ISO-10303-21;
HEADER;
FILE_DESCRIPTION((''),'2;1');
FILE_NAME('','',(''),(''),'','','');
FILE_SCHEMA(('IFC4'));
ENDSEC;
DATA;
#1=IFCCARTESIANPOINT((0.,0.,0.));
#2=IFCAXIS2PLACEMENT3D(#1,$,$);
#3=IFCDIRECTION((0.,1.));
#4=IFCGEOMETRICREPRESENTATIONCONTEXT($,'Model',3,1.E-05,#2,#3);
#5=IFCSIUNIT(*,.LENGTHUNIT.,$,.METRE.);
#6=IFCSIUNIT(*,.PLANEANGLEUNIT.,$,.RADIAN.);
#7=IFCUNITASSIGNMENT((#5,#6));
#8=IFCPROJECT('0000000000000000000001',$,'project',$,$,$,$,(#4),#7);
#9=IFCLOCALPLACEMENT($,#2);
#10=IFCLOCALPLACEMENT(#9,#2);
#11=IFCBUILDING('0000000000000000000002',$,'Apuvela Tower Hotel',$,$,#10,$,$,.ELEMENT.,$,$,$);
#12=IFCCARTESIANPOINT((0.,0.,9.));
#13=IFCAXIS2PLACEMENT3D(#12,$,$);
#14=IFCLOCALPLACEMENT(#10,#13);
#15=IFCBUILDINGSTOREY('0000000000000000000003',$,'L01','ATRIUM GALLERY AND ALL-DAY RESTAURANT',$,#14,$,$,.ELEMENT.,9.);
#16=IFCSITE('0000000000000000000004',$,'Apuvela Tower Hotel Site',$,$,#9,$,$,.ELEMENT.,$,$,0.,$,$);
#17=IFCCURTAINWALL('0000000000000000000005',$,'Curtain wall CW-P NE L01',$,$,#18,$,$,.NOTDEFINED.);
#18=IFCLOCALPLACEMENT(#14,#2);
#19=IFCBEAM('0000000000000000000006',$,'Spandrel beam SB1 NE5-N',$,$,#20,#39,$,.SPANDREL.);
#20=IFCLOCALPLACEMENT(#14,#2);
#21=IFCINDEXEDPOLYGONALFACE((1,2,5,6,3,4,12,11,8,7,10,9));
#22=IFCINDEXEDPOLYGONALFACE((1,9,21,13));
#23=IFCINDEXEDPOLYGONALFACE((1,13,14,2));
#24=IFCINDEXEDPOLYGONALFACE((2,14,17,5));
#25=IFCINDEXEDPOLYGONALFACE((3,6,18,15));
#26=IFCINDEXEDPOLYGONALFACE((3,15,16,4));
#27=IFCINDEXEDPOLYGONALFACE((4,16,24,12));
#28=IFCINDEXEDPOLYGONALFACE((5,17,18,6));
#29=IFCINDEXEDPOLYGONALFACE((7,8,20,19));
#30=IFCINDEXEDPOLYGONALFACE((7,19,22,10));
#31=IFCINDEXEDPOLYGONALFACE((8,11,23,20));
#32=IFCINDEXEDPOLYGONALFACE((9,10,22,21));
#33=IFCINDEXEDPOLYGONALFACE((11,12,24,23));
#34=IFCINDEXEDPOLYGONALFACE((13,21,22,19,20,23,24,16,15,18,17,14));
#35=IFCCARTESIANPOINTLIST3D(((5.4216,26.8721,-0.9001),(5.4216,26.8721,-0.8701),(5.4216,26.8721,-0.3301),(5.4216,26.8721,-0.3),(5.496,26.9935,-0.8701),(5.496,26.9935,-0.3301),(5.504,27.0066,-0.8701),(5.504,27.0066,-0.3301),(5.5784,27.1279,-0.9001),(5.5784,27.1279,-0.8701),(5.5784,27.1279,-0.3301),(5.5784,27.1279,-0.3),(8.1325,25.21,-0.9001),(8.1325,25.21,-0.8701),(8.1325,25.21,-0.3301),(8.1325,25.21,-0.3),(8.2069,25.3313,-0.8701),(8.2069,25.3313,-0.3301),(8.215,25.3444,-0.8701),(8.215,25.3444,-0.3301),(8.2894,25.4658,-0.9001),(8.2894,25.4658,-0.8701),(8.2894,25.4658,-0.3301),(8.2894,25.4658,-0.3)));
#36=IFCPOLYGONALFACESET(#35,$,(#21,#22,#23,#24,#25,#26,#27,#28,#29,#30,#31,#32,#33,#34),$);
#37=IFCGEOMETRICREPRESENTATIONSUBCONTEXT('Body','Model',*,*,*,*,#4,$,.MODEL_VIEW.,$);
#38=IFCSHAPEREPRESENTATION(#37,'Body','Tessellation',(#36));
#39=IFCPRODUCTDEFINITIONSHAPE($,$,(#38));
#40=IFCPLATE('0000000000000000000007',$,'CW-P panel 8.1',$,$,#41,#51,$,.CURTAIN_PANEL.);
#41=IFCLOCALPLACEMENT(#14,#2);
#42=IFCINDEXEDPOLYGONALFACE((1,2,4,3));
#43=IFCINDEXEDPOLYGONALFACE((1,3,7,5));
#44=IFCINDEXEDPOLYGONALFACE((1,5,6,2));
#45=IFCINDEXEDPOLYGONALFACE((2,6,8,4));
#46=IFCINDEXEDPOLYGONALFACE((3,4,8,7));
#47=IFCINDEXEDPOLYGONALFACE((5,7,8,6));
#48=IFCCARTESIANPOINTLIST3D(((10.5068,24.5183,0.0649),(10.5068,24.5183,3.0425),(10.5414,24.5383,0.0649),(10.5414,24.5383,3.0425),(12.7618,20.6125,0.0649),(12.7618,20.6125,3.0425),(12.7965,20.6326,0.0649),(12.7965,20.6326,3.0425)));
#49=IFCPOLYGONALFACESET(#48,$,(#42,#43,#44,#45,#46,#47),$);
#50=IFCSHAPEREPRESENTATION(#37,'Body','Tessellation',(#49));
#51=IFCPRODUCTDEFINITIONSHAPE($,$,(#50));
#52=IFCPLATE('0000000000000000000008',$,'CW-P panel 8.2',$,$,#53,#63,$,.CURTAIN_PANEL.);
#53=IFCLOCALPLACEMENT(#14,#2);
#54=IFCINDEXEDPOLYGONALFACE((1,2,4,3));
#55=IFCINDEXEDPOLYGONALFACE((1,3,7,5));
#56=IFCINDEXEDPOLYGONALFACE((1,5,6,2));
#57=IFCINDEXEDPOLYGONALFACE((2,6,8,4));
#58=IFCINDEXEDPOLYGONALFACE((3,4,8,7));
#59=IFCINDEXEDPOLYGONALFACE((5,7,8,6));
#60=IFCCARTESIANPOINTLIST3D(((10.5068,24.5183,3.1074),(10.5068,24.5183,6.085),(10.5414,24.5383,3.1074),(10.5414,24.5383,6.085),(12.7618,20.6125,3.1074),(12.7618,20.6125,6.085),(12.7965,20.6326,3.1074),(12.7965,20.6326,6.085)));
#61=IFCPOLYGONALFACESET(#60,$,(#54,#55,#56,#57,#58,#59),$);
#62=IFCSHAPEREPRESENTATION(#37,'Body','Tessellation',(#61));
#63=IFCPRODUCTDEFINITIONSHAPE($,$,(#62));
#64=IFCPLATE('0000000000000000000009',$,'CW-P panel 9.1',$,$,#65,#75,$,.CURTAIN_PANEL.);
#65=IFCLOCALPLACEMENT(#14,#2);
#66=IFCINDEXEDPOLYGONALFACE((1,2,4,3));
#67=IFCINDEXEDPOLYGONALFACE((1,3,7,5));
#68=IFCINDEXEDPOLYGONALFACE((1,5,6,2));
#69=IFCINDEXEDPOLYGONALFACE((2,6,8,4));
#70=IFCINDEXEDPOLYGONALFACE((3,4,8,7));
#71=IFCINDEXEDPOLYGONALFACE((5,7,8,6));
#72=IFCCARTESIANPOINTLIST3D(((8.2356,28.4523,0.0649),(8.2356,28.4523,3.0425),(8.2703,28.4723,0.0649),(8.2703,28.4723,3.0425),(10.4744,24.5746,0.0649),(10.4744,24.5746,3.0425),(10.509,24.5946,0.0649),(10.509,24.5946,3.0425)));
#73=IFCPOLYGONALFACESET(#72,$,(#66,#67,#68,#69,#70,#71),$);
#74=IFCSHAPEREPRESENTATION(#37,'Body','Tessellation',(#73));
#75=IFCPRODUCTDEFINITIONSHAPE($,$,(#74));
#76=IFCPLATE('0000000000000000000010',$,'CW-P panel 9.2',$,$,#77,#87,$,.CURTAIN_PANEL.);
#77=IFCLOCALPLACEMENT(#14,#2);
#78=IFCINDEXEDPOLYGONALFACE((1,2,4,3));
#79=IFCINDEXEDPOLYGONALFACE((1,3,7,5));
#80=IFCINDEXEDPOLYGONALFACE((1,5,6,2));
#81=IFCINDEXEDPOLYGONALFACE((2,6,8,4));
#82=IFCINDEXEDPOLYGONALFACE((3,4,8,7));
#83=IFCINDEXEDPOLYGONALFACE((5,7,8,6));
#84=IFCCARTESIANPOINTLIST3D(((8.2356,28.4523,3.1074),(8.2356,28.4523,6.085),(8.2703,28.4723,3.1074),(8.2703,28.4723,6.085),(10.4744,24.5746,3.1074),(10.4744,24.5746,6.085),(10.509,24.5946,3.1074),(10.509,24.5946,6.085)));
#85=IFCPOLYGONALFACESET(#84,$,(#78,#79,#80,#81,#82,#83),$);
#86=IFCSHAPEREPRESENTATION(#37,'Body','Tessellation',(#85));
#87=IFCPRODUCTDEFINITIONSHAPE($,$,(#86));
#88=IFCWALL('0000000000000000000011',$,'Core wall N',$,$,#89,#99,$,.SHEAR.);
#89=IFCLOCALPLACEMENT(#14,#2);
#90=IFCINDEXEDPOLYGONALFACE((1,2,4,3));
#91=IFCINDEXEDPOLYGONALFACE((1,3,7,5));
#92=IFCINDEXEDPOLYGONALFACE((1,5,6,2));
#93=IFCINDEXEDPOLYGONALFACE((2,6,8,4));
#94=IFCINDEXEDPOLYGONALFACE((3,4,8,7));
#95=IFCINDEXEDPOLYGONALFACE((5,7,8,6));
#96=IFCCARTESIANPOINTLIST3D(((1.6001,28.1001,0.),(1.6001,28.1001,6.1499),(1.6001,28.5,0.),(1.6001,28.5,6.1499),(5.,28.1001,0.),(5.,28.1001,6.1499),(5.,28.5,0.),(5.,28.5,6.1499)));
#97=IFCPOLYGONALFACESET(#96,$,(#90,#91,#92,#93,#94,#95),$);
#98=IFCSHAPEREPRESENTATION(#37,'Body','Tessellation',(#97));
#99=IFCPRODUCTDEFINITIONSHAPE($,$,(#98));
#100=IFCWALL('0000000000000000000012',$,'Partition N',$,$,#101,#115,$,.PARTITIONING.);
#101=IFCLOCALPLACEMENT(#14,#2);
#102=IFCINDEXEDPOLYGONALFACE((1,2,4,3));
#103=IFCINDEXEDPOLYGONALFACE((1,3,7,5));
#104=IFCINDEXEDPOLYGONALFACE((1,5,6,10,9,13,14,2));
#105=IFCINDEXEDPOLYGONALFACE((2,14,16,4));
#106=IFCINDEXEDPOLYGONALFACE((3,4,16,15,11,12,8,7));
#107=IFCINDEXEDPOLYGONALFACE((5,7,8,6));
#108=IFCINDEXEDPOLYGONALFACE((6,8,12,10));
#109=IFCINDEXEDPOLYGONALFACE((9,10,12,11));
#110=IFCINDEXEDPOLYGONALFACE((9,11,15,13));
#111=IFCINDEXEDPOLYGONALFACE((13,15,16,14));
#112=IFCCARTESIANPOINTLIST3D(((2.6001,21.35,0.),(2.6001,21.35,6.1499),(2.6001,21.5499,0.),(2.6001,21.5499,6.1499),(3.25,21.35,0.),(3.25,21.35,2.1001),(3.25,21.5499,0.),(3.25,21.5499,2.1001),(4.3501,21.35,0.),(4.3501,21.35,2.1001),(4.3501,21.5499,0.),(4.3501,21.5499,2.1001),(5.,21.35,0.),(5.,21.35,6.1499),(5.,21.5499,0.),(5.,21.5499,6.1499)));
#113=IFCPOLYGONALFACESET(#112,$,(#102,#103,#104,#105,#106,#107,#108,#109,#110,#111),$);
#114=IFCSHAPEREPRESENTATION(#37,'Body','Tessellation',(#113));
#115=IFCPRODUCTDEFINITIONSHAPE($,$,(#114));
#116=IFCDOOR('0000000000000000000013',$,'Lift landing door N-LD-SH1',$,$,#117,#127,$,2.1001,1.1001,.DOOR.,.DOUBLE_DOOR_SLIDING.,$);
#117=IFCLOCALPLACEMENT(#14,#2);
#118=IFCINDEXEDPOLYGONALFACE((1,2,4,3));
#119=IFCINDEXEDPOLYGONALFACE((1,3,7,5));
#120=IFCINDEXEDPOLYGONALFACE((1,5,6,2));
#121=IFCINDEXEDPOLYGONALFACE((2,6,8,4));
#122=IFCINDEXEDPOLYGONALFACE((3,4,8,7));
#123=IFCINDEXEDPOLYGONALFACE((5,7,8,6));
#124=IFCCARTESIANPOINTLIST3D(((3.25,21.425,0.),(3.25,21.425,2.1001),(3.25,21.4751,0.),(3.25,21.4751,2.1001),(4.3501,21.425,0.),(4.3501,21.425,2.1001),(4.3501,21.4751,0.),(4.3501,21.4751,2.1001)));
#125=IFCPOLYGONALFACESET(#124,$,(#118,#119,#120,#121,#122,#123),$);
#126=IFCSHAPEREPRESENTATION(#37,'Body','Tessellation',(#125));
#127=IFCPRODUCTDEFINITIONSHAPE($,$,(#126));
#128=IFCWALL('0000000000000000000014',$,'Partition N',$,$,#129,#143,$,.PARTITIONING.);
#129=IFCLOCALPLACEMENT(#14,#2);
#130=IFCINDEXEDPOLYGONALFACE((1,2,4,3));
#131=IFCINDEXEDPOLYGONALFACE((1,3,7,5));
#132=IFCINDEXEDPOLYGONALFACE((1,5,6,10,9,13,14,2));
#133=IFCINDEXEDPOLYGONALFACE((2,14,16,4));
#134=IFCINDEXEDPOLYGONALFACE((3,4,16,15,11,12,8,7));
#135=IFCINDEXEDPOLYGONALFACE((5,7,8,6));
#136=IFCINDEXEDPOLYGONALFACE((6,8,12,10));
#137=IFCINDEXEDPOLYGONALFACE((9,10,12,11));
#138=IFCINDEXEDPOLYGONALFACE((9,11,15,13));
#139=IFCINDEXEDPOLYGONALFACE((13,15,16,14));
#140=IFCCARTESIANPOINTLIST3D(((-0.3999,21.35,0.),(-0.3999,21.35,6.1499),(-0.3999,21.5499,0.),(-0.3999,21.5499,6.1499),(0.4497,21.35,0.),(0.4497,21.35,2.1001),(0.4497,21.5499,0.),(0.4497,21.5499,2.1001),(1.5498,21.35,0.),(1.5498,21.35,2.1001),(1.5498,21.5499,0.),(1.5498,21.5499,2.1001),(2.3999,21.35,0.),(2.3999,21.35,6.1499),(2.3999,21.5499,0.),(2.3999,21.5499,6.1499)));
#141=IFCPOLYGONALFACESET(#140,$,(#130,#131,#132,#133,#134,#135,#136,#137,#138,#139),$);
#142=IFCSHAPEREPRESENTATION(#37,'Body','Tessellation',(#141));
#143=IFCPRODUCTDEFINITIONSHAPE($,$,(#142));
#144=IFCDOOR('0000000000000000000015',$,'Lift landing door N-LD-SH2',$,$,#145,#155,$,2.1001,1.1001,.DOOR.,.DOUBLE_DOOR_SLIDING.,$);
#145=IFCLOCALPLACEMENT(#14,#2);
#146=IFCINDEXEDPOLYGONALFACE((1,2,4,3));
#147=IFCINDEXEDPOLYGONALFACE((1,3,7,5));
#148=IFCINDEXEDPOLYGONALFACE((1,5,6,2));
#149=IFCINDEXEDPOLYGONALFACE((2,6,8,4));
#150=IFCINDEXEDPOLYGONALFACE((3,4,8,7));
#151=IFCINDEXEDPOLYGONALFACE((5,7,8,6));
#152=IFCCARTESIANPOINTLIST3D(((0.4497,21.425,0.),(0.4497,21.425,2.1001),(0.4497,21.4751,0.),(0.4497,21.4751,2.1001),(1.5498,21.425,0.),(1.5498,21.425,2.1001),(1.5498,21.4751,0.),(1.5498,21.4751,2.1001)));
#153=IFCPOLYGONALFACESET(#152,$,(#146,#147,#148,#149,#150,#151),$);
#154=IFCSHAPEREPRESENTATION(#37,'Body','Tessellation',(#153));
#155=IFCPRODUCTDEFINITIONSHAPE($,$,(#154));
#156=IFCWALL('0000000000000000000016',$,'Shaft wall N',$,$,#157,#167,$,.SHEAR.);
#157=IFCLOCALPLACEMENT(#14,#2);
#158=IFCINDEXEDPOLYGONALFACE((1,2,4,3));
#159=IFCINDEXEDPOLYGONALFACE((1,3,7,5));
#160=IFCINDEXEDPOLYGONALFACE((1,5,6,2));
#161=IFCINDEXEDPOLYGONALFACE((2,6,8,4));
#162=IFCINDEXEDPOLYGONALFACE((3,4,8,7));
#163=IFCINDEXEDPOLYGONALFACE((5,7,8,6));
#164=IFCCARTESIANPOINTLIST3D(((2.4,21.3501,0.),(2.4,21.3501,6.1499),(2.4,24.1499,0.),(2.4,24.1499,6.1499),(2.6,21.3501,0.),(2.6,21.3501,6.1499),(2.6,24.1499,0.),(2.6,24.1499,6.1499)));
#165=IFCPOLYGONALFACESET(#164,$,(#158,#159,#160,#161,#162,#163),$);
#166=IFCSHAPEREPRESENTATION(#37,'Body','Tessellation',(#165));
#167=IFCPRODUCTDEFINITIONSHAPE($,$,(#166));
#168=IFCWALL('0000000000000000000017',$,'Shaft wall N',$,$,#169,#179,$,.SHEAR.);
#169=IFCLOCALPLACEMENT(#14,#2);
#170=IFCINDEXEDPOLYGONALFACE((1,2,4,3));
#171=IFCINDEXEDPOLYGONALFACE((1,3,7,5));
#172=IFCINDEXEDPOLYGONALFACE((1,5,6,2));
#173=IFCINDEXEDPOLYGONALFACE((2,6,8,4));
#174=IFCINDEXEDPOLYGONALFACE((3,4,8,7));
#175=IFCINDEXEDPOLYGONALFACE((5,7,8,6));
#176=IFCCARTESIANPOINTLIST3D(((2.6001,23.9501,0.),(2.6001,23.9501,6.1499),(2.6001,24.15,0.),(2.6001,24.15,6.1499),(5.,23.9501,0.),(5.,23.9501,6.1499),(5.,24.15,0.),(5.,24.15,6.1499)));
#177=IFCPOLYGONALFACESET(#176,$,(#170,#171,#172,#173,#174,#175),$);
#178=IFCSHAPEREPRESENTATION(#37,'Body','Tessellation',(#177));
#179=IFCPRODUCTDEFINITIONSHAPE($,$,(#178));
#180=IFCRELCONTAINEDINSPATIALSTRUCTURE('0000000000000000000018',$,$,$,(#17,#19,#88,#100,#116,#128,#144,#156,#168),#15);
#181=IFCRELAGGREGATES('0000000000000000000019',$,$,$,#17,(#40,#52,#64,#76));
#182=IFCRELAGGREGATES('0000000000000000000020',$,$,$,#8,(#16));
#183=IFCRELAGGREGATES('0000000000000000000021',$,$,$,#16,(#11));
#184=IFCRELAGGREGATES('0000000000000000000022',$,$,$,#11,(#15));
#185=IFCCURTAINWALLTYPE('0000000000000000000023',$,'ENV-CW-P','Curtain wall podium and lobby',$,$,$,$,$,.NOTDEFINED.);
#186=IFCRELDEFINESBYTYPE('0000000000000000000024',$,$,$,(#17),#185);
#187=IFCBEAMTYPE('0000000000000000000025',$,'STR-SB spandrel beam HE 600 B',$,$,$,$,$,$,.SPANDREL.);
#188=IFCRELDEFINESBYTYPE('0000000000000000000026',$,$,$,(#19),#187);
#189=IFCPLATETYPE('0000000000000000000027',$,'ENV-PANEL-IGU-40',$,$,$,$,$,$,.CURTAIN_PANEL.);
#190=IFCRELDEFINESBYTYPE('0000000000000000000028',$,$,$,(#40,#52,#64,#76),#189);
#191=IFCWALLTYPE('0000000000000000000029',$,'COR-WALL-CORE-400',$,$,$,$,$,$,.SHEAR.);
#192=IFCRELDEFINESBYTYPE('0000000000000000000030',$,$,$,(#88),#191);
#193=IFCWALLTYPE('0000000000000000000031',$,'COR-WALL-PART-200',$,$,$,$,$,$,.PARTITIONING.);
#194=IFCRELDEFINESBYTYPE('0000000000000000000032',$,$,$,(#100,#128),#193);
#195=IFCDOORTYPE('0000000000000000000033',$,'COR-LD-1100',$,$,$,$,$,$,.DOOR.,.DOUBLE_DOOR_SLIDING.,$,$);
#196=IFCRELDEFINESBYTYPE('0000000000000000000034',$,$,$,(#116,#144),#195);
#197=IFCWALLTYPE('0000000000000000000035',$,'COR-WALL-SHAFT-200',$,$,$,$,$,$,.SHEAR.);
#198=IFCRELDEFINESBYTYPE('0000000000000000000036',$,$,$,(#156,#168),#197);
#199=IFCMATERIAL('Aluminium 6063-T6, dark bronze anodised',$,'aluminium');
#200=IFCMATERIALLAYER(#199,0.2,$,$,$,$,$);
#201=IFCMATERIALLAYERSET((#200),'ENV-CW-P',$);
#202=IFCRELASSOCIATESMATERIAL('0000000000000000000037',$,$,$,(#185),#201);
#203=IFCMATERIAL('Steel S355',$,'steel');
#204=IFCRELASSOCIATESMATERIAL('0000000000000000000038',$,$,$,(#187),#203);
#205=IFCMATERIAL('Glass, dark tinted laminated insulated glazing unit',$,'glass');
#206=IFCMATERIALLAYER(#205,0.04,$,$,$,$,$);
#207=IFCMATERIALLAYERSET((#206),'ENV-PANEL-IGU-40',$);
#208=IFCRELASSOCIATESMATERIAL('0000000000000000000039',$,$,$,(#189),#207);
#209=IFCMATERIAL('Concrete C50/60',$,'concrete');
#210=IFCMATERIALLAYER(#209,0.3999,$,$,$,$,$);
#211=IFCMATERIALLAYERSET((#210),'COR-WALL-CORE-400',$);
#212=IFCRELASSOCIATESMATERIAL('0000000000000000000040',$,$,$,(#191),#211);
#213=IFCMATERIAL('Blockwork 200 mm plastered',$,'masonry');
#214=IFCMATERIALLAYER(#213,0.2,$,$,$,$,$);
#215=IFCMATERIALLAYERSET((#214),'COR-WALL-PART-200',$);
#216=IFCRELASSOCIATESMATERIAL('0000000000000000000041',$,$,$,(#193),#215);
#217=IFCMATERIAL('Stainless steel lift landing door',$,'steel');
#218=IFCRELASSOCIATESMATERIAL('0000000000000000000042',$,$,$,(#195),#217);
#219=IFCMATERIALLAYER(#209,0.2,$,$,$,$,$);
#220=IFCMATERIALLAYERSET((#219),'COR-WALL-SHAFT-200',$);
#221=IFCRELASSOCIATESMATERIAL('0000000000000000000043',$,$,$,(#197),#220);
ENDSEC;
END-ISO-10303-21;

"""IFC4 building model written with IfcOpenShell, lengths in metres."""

from ifc_helpers import new_model, si_unit, direction, frame, frame_2d, origin, origin_2d, place, context, subcontext, project, spatial, rectangle, i_section, extrude, material, layer, layer_set, material_profile, profile_set, type_object, element, fill, aggregate, save


model = new_model("IFC4")

# Units and contexts
model_context = context("Model", 3, precision=1e-05, world=origin(), true_north=direction((0.0, 1.0)))
body_context = subcontext(model_context, "Body", "Model", "MODEL_VIEW")
ifc_project = project(units=[si_unit("LENGTHUNIT", "METRE"), si_unit("PLANEANGLEUNIT", "RADIAN")], contexts=[model_context])

# Site, building, storey
site_placement = place(None, origin())
site = spatial("IfcSite", under=ifc_project, at=site_placement, Name="Apuvela Tower Hotel Site", CompositionType="ELEMENT", RefElevation=0.0)
building_placement = place(site_placement, origin())
building = spatial("IfcBuilding", under=site, at=building_placement, Name="Apuvela Tower Hotel", CompositionType="ELEMENT")
storey_placement = place(building_placement, frame((0.0, 0.0, 9.0)))
storey = spatial("IfcBuildingStorey", under=building, at=storey_placement, Name="L01", Description="ATRIUM GALLERY AND ALL-DAY RESTAURANT", CompositionType="ELEMENT", Elevation=9.0)

# Curtain wall
ifc_material_1 = material(Name="Aluminium 6063-T6, dark bronze anodised", Category="aluminium")
ifc_layer_1 = layer(ifc_material_1, 0.2)
ifc_layer_set_1 = layer_set([ifc_layer_1], Name="ENV-CW-P")
curtain_wall_type = type_object("IfcCurtainWallType", Name="ENV-CW-P", Description="Curtain wall podium and lobby", PredefinedType="NOTDEFINED", material=ifc_layer_set_1)
curtain_wall_placement = place(storey_placement, origin())
curtain_wall = element("IfcCurtainWall", 1, at=curtain_wall_placement, inside=storey, type_object=curtain_wall_type, Name="Curtain wall CW-P NE L01", PredefinedType="NOTDEFINED")

# Beam
ifc_material_2 = material(Name="Steel S355", Category="steel")
ifc_material_profile_1 = material_profile(ifc_material_2, i_section(OverallWidth=0.3, OverallDepth=0.6001, WebThickness=0.0154, FlangeThickness=0.03, at=origin_2d()), Name="HE 600 B")
ifc_profile_set_1 = profile_set([ifc_material_profile_1], Name="Steel S355")
beam_type_1 = type_object("IfcBeamType", Name="STR-SB spandrel beam HE 600 B", PredefinedType="SPANDREL", material=ifc_profile_set_1)
beam_1_placement = place(storey_placement, frame((8.2109, 25.3379, -0.6001), z_axis=(-0.852522, 0.522692, 0.0), x_axis=(-0.522692, -0.852522, 0.0)))
element("IfcBeam", 2, at=beam_1_placement, inside=storey, type_object=beam_type_1, Name="Spandrel beam SB1 NE5-N", PredefinedType="SPANDREL", context=body_context, shape_type="SweptSolid", body=[
    extrude(i_section(OverallWidth=0.3, OverallDepth=0.6001, WebThickness=0.0154, FlangeThickness=0.03, at=origin_2d()), origin(), (0.0, 0.0, 1.0), 3.1799),
])

# Plates
ifc_material_3 = material(Name="Glass, dark tinted laminated insulated glazing unit", Category="glass")
ifc_layer_2 = layer(ifc_material_3, 0.04)
ifc_layer_set_2 = layer_set([ifc_layer_2], Name="ENV-PANEL-IGU-40")
plate_type = type_object("IfcPlateType", Name="ENV-PANEL-IGU-40", PredefinedType="CURTAIN_PANEL", material=ifc_layer_set_2)
plate_1_placement = place(storey_placement, frame((11.6516, 22.5754, 0.0649), z_axis=(0.0, 0.0, 1.0), x_axis=(-0.5, 0.866025, 0.0)))
plate_1 = element("IfcPlate", 3, at=plate_1_placement, type_object=plate_type, Name="CW-P panel 8.1", PredefinedType="CURTAIN_PANEL", context=body_context, shape_type="SweptSolid", body=[
    extrude(rectangle(XDim=4.51, YDim=0.04, at=origin_2d()), origin(), (0.0, 0.0, 1.0), 2.9775),
])
plate_2_placement = place(storey_placement, frame((11.6516, 22.5754, 3.1074), z_axis=(0.0, 0.0, 1.0), x_axis=(-0.5, 0.866025, 0.0)))
plate_2 = element("IfcPlate", 4, at=plate_2_placement, type_object=plate_type, Name="CW-P panel 8.2", PredefinedType="CURTAIN_PANEL", context=body_context, shape_type="SweptSolid", body=[
    extrude(rectangle(XDim=4.51, YDim=0.04, at=origin_2d()), origin(), (0.0, 0.0, 1.0), 2.9775),
])
plate_3_placement = place(storey_placement, frame((9.3723, 26.5234, 0.0649), z_axis=(0.0, 0.0, 1.0), x_axis=(-0.5, 0.866025, 0.0)))
plate_3 = element("IfcPlate", 5, at=plate_3_placement, type_object=plate_type, Name="CW-P panel 9.1", PredefinedType="CURTAIN_PANEL", context=body_context, shape_type="SweptSolid", body=[
    extrude(rectangle(XDim=4.4775, YDim=0.04, at=origin_2d()), origin(), (0.0, 0.0, 1.0), 2.9775),
])
plate_4_placement = place(storey_placement, frame((9.3723, 26.5234, 3.1074), z_axis=(0.0, 0.0, 1.0), x_axis=(-0.5, 0.866025, 0.0)))
plate_4 = element("IfcPlate", 6, at=plate_4_placement, type_object=plate_type, Name="CW-P panel 9.2", PredefinedType="CURTAIN_PANEL", context=body_context, shape_type="SweptSolid", body=[
    extrude(rectangle(XDim=4.4775, YDim=0.04, at=origin_2d()), origin(), (0.0, 0.0, 1.0), 2.9775),
])
aggregate(curtain_wall, [plate_1, plate_2, plate_3, plate_4])

# Wall
ifc_material_4 = material(Name="Concrete C50/60", Category="concrete")
ifc_layer_3 = layer(ifc_material_4, 0.3999)
ifc_layer_set_3 = layer_set([ifc_layer_3], Name="COR-WALL-CORE-400")
wall_type_1 = type_object("IfcWallType", Name="COR-WALL-CORE-400", PredefinedType="SHEAR", material=ifc_layer_set_3)
wall_1_placement = place(storey_placement, frame((5.0, 28.3, 0.0), z_axis=(0.0, 0.0, 1.0), x_axis=(-1.0, 0.0, 0.0)))
element("IfcWall", 7, at=wall_1_placement, inside=storey, type_object=wall_type_1, Name="Core wall N", PredefinedType="SHEAR", context=body_context, shape_type="SweptSolid", body=[
    extrude(rectangle(XDim=3.3999, YDim=0.3999, at=frame_2d((1.7, 0.0))), origin(), (0.0, 0.0, 1.0), 6.1499),
])

# Walls, openings, doors
ifc_material_5 = material(Name="Blockwork 200 mm plastered", Category="masonry")
ifc_layer_4 = layer(ifc_material_5, 0.2)
ifc_layer_set_4 = layer_set([ifc_layer_4], Name="COR-WALL-PART-200")
wall_type_2 = type_object("IfcWallType", Name="COR-WALL-PART-200", PredefinedType="PARTITIONING", material=ifc_layer_set_4)
wall_2_placement = place(storey_placement, frame((5.0, 21.45, 0.0), z_axis=(0.0, 0.0, 1.0), x_axis=(-1.0, 0.0, 0.0)))
wall_2 = element("IfcWall", 8, at=wall_2_placement, inside=storey, type_object=wall_type_2, Name="Partition N", PredefinedType="PARTITIONING", context=body_context, shape_type="SweptSolid", body=[
    extrude(rectangle(XDim=2.3999, YDim=0.2, at=frame_2d((1.2, 0.0))), origin(), (0.0, 0.0, 1.0), 6.1499),
])
opening_1_placement = place(wall_2_placement, frame((0.6499, 0.0, 0.0)))
opening_1 = element("IfcOpeningElement", 9, at=opening_1_placement, cuts=wall_2, PredefinedType="OPENING", context=body_context, shape_type="SweptSolid", body=[
    extrude(rectangle(XDim=1.1001, YDim=2.1001, at=frame_2d((0.55, 1.05))), frame((0.0, 0.1099, 0.0), z_axis=(0.0, -1.0, 0.0), x_axis=(1.0, 0.0, 0.0)), (0.0, 0.0, 1.0), 0.22),
])
ifc_material_6 = material(Name="Stainless steel lift landing door", Category="steel")
door_type_1 = type_object("IfcDoorType", Name="COR-LD-1100", OperationType="DOUBLE_DOOR_SLIDING", PredefinedType="DOOR", material=ifc_material_6)
door_1_placement = place(opening_1_placement, origin())
door_1 = element("IfcDoor", 10, at=door_1_placement, inside=storey, type_object=door_type_1, Name="Lift landing door N-LD-SH1", OperationType="DOUBLE_DOOR_SLIDING", OverallHeight=2.1001, OverallWidth=1.1001, PredefinedType="DOOR", context=body_context, shape_type="SweptSolid", body=[
    extrude(rectangle(XDim=1.1001, YDim=2.1001, at=frame_2d((0.55, 1.05))), frame((0.0, 0.0249, 0.0), z_axis=(0.0, -1.0, 0.0), x_axis=(1.0, 0.0, 0.0)), (0.0, 0.0, 1.0), 0.05),
])
fill(opening_1, door_1)
wall_3_placement = place(storey_placement, frame((2.3999, 21.45, 0.0), z_axis=(0.0, 0.0, 1.0), x_axis=(-1.0, 0.0, 0.0)))
wall_3 = element("IfcWall", 11, at=wall_3_placement, inside=storey, type_object=wall_type_2, Name="Partition N", PredefinedType="PARTITIONING", context=body_context, shape_type="SweptSolid", body=[
    extrude(rectangle(XDim=2.7998, YDim=0.2, at=frame_2d((1.3999, 0.0))), origin(), (0.0, 0.0, 1.0), 6.1499),
])
opening_2_placement = place(wall_3_placement, frame((0.8501, 0.0, 0.0)))
opening_2 = element("IfcOpeningElement", 12, at=opening_2_placement, cuts=wall_3, PredefinedType="OPENING", context=body_context, shape_type="SweptSolid", body=[
    extrude(rectangle(XDim=1.1001, YDim=2.1001, at=frame_2d((0.55, 1.05))), frame((0.0, 0.1099, 0.0), z_axis=(0.0, -1.0, 0.0), x_axis=(1.0, 0.0, 0.0)), (0.0, 0.0, 1.0), 0.22),
])
door_2_placement = place(opening_2_placement, origin())
door_2 = element("IfcDoor", 13, at=door_2_placement, inside=storey, type_object=door_type_1, Name="Lift landing door N-LD-SH2", OperationType="DOUBLE_DOOR_SLIDING", OverallHeight=2.1001, OverallWidth=1.1001, PredefinedType="DOOR", context=body_context, shape_type="SweptSolid", body=[
    extrude(rectangle(XDim=1.1001, YDim=2.1001, at=frame_2d((0.55, 1.05))), frame((0.0, 0.0249, 0.0), z_axis=(0.0, -1.0, 0.0), x_axis=(1.0, 0.0, 0.0)), (0.0, 0.0, 1.0), 0.05),
])
fill(opening_2, door_2)

# Walls
ifc_layer_5 = layer(ifc_material_4, 0.2)
ifc_layer_set_5 = layer_set([ifc_layer_5], Name="COR-WALL-SHAFT-200")
wall_type_3 = type_object("IfcWallType", Name="COR-WALL-SHAFT-200", PredefinedType="SHEAR", material=ifc_layer_set_5)
wall_4_placement = place(storey_placement, frame((2.5, 21.3501, 0.0), z_axis=(0.0, 0.0, 1.0), x_axis=(0.0, 1.0, 0.0)))
element("IfcWall", 14, at=wall_4_placement, inside=storey, type_object=wall_type_3, Name="Shaft wall N", PredefinedType="SHEAR", context=body_context, shape_type="SweptSolid", body=[
    extrude(rectangle(XDim=2.7998, YDim=0.2, at=frame_2d((1.3999, 0.0))), origin(), (0.0, 0.0, 1.0), 6.1499),
])
wall_5_placement = place(storey_placement, frame((5.0, 24.05, 0.0), z_axis=(0.0, 0.0, 1.0), x_axis=(-1.0, 0.0, 0.0)))
element("IfcWall", 15, at=wall_5_placement, inside=storey, type_object=wall_type_3, Name="Shaft wall N", PredefinedType="SHEAR", context=body_context, shape_type="SweptSolid", body=[
    extrude(rectangle(XDim=2.3999, YDim=0.2, at=frame_2d((1.2, 0.0))), origin(), (0.0, 0.0, 1.0), 6.1499),
])

save(model, "model.ifc")
